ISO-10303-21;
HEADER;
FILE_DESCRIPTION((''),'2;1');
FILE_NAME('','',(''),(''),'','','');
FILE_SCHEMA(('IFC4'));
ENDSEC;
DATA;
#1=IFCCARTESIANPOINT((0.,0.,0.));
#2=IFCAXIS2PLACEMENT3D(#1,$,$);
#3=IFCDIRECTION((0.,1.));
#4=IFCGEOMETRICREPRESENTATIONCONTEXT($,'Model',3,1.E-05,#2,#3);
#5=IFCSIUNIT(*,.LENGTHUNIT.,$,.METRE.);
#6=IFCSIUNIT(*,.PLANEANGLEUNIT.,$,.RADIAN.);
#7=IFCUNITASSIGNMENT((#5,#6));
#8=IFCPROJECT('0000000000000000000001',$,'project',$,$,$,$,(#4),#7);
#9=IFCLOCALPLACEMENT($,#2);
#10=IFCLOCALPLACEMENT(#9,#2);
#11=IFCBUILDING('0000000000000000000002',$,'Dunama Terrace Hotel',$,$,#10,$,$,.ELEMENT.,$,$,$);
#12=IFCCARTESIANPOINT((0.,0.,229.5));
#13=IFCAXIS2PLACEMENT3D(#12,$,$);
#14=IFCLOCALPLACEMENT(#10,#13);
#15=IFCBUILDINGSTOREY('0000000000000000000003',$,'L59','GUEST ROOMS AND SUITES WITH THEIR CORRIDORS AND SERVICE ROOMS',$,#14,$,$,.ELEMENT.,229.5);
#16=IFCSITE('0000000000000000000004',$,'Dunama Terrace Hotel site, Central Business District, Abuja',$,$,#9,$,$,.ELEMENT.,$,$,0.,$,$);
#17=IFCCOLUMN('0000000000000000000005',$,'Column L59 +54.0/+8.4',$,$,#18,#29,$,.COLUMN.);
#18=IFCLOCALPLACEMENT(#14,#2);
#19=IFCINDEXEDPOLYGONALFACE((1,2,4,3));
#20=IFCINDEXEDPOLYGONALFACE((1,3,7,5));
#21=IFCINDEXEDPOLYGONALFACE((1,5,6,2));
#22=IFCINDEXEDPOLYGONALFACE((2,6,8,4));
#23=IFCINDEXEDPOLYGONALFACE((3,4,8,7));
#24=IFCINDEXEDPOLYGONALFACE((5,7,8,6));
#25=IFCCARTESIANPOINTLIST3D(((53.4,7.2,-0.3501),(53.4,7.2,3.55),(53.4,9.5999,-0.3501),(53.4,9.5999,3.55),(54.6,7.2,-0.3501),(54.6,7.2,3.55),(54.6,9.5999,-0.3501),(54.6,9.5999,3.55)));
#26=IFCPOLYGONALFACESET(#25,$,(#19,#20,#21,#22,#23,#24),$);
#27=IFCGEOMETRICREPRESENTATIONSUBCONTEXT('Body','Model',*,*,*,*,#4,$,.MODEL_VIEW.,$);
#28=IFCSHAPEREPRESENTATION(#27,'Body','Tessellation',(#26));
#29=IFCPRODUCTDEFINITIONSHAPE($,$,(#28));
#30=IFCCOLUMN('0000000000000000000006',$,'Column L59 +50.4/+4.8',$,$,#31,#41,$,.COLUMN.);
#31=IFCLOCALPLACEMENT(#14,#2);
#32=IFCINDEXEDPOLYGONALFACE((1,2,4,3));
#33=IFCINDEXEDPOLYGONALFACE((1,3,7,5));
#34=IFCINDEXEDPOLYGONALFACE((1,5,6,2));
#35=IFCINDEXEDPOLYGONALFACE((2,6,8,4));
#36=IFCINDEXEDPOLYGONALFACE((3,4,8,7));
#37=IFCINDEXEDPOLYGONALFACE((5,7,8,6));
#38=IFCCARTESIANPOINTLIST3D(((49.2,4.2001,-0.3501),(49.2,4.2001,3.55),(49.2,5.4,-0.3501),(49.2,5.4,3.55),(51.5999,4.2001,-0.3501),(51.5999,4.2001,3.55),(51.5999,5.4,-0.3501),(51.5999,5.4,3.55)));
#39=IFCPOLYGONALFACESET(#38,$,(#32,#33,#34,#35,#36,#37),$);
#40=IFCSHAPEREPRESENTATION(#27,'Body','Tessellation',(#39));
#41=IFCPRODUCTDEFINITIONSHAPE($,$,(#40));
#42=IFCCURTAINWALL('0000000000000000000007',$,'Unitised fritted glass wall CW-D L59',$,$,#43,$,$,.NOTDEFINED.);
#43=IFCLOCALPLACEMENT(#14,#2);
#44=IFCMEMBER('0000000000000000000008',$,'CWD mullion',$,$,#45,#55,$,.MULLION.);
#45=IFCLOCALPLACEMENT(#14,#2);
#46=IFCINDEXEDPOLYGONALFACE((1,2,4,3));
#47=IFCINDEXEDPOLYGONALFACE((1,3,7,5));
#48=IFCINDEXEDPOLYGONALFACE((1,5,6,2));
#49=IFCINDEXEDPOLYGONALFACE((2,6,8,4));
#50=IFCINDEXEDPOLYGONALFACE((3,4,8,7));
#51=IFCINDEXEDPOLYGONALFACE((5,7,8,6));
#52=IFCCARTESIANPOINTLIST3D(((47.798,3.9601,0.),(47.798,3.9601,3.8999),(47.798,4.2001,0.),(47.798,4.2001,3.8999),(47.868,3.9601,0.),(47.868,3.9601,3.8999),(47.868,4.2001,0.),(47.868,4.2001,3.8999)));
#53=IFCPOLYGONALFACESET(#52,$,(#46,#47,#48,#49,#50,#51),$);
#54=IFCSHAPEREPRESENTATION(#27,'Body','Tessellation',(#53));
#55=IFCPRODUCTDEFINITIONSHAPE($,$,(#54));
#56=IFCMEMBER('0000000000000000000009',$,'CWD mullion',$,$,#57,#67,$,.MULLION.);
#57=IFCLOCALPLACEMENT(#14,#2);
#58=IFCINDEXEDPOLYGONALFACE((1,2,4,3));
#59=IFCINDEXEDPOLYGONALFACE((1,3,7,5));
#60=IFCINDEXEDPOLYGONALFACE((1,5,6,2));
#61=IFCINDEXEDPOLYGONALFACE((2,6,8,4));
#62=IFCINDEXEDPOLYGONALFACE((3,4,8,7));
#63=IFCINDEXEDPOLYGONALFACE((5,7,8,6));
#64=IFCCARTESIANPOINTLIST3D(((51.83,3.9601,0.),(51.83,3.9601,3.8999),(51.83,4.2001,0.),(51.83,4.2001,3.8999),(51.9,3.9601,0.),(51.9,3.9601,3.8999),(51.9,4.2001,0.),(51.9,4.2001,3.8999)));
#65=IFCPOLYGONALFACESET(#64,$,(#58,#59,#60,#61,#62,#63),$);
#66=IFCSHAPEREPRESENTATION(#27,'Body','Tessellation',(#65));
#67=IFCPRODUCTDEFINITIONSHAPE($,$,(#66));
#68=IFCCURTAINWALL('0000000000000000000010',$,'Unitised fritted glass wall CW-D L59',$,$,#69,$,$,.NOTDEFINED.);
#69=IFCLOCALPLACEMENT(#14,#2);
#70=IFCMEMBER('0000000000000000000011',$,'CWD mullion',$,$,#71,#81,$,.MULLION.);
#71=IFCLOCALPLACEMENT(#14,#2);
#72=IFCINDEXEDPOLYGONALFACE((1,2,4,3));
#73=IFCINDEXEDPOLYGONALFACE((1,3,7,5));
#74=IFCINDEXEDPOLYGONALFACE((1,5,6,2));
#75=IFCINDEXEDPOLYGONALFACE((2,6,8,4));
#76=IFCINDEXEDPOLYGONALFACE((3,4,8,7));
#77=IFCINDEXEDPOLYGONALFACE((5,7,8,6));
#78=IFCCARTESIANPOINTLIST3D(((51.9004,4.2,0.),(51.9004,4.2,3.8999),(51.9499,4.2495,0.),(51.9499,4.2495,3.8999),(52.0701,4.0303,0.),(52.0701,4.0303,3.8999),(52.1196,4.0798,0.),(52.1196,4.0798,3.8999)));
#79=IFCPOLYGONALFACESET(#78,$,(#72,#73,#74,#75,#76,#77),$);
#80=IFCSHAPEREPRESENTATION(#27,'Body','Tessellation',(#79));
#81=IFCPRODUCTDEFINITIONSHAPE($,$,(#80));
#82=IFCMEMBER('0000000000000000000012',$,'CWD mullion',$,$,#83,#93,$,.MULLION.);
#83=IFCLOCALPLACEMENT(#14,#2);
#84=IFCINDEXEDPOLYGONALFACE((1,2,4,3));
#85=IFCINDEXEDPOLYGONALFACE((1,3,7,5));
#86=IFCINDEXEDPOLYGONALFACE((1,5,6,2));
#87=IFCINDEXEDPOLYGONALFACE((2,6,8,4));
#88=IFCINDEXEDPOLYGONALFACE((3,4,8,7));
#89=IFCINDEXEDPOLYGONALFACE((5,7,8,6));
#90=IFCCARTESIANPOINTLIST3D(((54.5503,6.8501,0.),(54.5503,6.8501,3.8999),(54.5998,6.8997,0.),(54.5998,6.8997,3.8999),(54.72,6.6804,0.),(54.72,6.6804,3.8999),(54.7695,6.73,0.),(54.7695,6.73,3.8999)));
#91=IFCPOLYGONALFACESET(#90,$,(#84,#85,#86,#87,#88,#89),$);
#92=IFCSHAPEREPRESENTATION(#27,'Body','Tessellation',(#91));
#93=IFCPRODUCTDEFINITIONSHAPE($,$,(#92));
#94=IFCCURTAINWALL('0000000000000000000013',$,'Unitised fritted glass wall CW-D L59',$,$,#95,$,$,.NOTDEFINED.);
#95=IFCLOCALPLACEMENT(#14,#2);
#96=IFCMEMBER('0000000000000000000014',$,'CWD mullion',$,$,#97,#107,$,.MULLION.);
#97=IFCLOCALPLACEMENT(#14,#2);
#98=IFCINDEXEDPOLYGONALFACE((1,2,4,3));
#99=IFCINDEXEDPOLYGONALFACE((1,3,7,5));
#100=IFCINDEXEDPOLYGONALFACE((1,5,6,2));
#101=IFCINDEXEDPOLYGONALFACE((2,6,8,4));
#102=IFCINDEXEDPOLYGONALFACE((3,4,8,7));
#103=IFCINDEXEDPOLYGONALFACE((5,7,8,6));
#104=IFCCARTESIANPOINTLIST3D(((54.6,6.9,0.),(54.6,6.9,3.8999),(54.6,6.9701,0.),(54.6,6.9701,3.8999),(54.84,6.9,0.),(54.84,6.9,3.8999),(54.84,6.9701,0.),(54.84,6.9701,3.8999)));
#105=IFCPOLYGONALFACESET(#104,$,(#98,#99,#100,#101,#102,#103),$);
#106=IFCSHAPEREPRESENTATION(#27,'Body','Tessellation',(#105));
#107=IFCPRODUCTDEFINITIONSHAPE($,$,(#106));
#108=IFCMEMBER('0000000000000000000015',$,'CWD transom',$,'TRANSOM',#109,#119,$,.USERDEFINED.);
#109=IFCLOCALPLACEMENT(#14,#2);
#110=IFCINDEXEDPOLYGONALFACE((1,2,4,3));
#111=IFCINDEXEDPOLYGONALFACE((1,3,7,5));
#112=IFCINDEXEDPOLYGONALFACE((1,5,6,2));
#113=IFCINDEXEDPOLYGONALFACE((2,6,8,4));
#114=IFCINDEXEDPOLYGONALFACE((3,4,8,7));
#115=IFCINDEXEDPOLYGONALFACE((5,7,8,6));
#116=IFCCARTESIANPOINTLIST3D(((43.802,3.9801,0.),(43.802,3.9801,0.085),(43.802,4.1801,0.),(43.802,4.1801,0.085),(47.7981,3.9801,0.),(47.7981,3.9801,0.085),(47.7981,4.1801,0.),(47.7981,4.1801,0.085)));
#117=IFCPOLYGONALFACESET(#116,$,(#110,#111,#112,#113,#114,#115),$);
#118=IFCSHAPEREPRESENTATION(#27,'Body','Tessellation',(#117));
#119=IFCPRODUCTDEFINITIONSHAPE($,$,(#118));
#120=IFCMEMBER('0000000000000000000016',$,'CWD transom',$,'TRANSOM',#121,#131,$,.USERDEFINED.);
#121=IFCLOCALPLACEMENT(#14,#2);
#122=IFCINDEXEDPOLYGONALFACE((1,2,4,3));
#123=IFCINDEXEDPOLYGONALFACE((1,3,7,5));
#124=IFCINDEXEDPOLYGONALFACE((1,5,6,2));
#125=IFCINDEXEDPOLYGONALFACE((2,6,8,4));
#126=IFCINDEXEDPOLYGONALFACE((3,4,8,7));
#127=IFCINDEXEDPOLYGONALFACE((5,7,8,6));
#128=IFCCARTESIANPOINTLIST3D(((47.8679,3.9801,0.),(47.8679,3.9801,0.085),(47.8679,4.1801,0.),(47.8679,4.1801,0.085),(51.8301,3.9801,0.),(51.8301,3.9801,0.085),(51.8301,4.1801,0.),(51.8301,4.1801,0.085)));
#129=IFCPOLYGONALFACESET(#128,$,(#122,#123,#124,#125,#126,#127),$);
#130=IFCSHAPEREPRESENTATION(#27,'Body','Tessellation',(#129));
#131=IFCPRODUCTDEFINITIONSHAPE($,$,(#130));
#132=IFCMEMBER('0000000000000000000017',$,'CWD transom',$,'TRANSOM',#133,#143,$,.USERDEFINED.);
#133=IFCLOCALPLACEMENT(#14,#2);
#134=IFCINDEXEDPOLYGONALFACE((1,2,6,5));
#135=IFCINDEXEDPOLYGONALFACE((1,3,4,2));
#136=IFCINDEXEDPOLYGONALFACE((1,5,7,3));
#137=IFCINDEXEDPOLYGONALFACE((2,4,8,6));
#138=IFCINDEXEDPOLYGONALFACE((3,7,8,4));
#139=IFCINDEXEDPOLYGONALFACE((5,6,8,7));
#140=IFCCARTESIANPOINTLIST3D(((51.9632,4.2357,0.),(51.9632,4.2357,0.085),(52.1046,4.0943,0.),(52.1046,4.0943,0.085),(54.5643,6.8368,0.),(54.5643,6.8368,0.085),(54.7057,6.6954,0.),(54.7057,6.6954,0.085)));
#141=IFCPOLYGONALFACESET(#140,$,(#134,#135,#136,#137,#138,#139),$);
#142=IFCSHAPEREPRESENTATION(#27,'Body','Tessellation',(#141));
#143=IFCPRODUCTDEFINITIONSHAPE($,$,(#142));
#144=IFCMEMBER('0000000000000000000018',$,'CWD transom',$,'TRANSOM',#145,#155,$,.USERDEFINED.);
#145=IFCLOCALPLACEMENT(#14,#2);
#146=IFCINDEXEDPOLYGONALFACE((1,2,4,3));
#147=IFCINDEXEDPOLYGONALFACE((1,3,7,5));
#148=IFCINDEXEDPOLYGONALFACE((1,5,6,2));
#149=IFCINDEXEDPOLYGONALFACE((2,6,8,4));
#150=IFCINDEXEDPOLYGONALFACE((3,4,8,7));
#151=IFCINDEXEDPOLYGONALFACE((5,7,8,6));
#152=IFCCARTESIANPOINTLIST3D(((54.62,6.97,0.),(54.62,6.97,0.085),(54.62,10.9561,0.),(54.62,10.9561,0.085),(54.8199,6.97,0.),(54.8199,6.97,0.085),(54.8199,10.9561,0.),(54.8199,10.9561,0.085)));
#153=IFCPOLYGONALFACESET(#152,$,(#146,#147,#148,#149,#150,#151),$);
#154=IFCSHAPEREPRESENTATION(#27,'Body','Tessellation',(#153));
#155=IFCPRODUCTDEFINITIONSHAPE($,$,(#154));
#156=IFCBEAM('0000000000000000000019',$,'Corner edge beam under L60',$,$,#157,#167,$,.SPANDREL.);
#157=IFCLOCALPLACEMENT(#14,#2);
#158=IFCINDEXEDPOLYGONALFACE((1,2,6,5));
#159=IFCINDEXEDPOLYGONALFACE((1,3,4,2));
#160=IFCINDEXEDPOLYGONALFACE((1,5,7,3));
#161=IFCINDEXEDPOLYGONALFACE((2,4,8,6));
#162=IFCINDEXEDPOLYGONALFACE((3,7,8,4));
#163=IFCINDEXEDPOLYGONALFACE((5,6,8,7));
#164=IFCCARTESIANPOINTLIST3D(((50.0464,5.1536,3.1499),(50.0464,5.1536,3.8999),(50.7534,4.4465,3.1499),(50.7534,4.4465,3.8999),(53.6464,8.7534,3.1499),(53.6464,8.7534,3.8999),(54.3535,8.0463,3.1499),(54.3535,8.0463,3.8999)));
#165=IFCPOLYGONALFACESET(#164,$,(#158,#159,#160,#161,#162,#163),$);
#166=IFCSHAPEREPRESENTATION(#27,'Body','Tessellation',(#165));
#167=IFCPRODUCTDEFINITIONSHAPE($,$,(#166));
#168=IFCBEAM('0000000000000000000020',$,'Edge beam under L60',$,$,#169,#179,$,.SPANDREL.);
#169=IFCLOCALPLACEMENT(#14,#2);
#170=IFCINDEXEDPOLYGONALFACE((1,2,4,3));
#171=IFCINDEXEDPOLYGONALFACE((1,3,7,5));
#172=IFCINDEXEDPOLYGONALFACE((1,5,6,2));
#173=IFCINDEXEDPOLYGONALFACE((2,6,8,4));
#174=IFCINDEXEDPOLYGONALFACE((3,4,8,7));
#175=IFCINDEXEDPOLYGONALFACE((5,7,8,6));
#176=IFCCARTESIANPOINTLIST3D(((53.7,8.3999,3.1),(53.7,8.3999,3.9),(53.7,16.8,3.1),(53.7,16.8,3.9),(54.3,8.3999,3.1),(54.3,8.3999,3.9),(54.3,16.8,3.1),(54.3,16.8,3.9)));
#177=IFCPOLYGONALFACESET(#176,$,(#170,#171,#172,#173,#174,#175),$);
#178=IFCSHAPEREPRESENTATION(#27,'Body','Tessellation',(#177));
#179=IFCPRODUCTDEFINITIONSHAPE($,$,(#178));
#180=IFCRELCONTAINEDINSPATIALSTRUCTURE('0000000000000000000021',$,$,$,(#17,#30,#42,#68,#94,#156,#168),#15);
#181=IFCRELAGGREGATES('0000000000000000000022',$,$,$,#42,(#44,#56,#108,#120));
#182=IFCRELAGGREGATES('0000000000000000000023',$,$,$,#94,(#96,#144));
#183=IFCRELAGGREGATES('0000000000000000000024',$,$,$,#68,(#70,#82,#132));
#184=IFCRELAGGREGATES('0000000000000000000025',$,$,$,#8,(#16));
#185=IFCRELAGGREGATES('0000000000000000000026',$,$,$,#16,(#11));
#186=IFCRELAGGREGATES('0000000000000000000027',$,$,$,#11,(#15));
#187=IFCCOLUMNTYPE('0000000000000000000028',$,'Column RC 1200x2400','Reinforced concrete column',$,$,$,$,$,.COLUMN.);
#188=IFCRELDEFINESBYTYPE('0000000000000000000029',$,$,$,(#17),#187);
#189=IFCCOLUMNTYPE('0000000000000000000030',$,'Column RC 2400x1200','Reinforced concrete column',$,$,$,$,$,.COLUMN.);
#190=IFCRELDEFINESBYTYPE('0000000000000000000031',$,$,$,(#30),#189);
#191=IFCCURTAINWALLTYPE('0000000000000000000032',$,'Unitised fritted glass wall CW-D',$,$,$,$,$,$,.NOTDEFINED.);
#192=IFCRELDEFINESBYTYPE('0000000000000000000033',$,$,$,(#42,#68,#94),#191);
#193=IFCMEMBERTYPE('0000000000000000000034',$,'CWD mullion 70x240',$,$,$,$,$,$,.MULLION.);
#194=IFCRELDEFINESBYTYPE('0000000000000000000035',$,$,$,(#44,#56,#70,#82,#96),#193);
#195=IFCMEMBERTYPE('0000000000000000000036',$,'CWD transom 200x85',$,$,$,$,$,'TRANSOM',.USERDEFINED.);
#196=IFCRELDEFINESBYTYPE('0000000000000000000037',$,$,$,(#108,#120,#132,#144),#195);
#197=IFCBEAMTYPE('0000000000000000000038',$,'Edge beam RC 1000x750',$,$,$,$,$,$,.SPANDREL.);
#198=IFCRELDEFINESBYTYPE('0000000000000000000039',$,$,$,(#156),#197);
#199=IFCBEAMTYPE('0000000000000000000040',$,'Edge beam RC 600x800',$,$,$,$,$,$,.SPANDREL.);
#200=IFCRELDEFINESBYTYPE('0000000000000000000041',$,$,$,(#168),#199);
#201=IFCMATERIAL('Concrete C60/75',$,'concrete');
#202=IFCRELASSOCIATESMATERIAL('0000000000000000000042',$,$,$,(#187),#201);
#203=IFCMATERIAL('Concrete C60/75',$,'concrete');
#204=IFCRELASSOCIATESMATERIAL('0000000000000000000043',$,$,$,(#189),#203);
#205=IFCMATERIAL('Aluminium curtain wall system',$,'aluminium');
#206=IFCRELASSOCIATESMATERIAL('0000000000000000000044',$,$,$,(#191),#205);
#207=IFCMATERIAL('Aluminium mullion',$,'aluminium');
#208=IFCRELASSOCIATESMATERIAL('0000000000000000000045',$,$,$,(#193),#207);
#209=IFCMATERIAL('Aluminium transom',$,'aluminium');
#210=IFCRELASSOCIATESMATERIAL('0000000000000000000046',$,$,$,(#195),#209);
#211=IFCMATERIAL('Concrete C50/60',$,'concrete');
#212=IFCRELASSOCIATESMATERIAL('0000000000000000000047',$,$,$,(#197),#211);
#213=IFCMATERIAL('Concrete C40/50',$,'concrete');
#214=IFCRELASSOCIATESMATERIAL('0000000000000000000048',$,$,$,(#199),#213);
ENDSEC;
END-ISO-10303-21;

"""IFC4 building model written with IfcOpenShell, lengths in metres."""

from ifc_helpers import new_model, si_unit, direction, frame, origin, origin_2d, place, context, subcontext, project, spatial, rectangle, extrude, material, material_profile, profile_set, type_object, element, aggregate, save


model = new_model("IFC4")

# Units and contexts
model_context = context("Model", 3, precision=1e-05, world=origin(), true_north=direction((0.0, 1.0)))
body_context = subcontext(model_context, "Body", "Model", "MODEL_VIEW")
ifc_project = project(units=[si_unit("LENGTHUNIT", "METRE"), si_unit("PLANEANGLEUNIT", "RADIAN")], contexts=[model_context])

# Site, building, storey
site_placement = place(None, origin())
site = spatial("IfcSite", under=ifc_project, at=site_placement, Name="Dunama Terrace Hotel site, Central Business District, Abuja", CompositionType="ELEMENT", RefElevation=0.0)
building_placement = place(site_placement, origin())
building = spatial("IfcBuilding", under=site, at=building_placement, Name="Dunama Terrace Hotel", CompositionType="ELEMENT")
storey_placement = place(building_placement, frame((0.0, 0.0, 229.5)))
storey = spatial("IfcBuildingStorey", under=building, at=storey_placement, Name="L59", Description="GUEST ROOMS AND SUITES WITH THEIR CORRIDORS AND SERVICE ROOMS", CompositionType="ELEMENT", Elevation=229.5)

# Columns
ifc_material_1 = material(Name="Concrete C60/75", Category="concrete")
ifc_material_profile_1 = material_profile(ifc_material_1, rectangle(XDim=1.2, YDim=2.3999, at=origin_2d()), Name="RC 1200x2400")
ifc_profile_set_1 = profile_set([ifc_material_profile_1], Name="Concrete C60/75")
column_type_1 = type_object("IfcColumnType", Name="Column RC 1200x2400", Description="Reinforced concrete column", PredefinedType="COLUMN", material=ifc_profile_set_1)
column_1_placement = place(storey_placement, frame((54.0, 8.3999, -0.3501), z_axis=(0.0, 0.0, 1.0), x_axis=(1.0, 0.0, 0.0)))
element("IfcColumn", 1, at=column_1_placement, inside=storey, type_object=column_type_1, Name="Column L59 +54.0/+8.4", PredefinedType="COLUMN", context=body_context, shape_type="SweptSolid", body=[
    extrude(rectangle(XDim=1.2, YDim=2.3999, at=origin_2d()), origin(), (0.0, 0.0, 1.0), 3.9001),
])
ifc_material_2 = material(Name="Concrete C60/75", Category="concrete")
ifc_material_profile_2 = material_profile(ifc_material_2, rectangle(XDim=2.3999, YDim=1.2, at=origin_2d()), Name="RC 2400x1200")
ifc_profile_set_2 = profile_set([ifc_material_profile_2], Name="Concrete C60/75")
column_type_2 = type_object("IfcColumnType", Name="Column RC 2400x1200", Description="Reinforced concrete column", PredefinedType="COLUMN", material=ifc_profile_set_2)
column_2_placement = place(storey_placement, frame((50.3999, 4.8, -0.3501), z_axis=(0.0, 0.0, 1.0), x_axis=(1.0, 0.0, 0.0)))
element("IfcColumn", 2, at=column_2_placement, inside=storey, type_object=column_type_2, Name="Column L59 +50.4/+4.8", PredefinedType="COLUMN", context=body_context, shape_type="SweptSolid", body=[
    extrude(rectangle(XDim=2.3999, YDim=1.2, at=origin_2d()), origin(), (0.0, 0.0, 1.0), 3.9001),
])

# Curtain walls, members
ifc_material_3 = material(Name="Aluminium curtain wall system", Category="aluminium")
curtain_wall_type = type_object("IfcCurtainWallType", Name="Unitised fritted glass wall CW-D", PredefinedType="NOTDEFINED", material=ifc_material_3)
curtain_wall_1_placement = place(storey_placement, origin())
curtain_wall_1 = element("IfcCurtainWall", 3, at=curtain_wall_1_placement, inside=storey, type_object=curtain_wall_type, Name="Unitised fritted glass wall CW-D L59", PredefinedType="NOTDEFINED")
ifc_material_4 = material(Name="Aluminium mullion", Category="aluminium")
ifc_material_profile_3 = material_profile(ifc_material_4, rectangle(XDim=0.0701, YDim=0.24, at=origin_2d()), Name="CWD MULLION 70X240")
ifc_profile_set_3 = profile_set([ifc_material_profile_3], Name="Aluminium mullion")
member_type_1 = type_object("IfcMemberType", Name="CWD mullion 70x240", PredefinedType="MULLION", material=ifc_profile_set_3)
member_1_placement = place(storey_placement, frame((47.833, 4.0801, 0.0), z_axis=(0.0, 0.0, 1.0), x_axis=(1.0, 0.0, 0.0)))
member_1 = element("IfcMember", 4, at=member_1_placement, type_object=member_type_1, Name="CWD mullion", PredefinedType="MULLION", context=body_context, shape_type="SweptSolid", body=[
    extrude(rectangle(XDim=0.0701, YDim=0.24, at=origin_2d()), origin(), (0.0, 0.0, 1.0), 3.8999),
])
member_2_placement = place(storey_placement, frame((51.865, 4.0801, 0.0), z_axis=(0.0, 0.0, 1.0), x_axis=(1.0, 0.0, 0.0)))
member_2 = element("IfcMember", 5, at=member_2_placement, type_object=member_type_1, Name="CWD mullion", PredefinedType="MULLION", context=body_context, shape_type="SweptSolid", body=[
    extrude(rectangle(XDim=0.0701, YDim=0.24, at=origin_2d()), origin(), (0.0, 0.0, 1.0), 3.8999),
])
curtain_wall_2_placement = place(storey_placement, origin())
curtain_wall_2 = element("IfcCurtainWall", 6, at=curtain_wall_2_placement, inside=storey, type_object=curtain_wall_type, Name="Unitised fritted glass wall CW-D L59", PredefinedType="NOTDEFINED")
member_3_placement = place(storey_placement, frame((52.01, 4.1399, 0.0), z_axis=(0.0, 0.0, 1.0), x_axis=(0.707107, 0.707107, 0.0)))
member_3 = element("IfcMember", 7, at=member_3_placement, type_object=member_type_1, Name="CWD mullion", PredefinedType="MULLION", context=body_context, shape_type="SweptSolid", body=[
    extrude(rectangle(XDim=0.0701, YDim=0.24, at=origin_2d()), origin(), (0.0, 0.0, 1.0), 3.8999),
])
member_4_placement = place(storey_placement, frame((54.6599, 6.79, 0.0), z_axis=(0.0, 0.0, 1.0), x_axis=(0.707107, 0.707107, 0.0)))
member_4 = element("IfcMember", 8, at=member_4_placement, type_object=member_type_1, Name="CWD mullion", PredefinedType="MULLION", context=body_context, shape_type="SweptSolid", body=[
    extrude(rectangle(XDim=0.0701, YDim=0.24, at=origin_2d()), origin(), (0.0, 0.0, 1.0), 3.8999),
])

# Curtain wall, member
curtain_wall_3_placement = place(storey_placement, origin())
curtain_wall_3 = element("IfcCurtainWall", 9, at=curtain_wall_3_placement, inside=storey, type_object=curtain_wall_type, Name="Unitised fritted glass wall CW-D L59", PredefinedType="NOTDEFINED")
member_5_placement = place(storey_placement, frame((54.72, 6.9351, 0.0), z_axis=(0.0, 0.0, 1.0), x_axis=(0.0, 1.0, 0.0)))
member_5 = element("IfcMember", 10, at=member_5_placement, type_object=member_type_1, Name="CWD mullion", PredefinedType="MULLION", context=body_context, shape_type="SweptSolid", body=[
    extrude(rectangle(XDim=0.0701, YDim=0.24, at=origin_2d()), origin(), (0.0, 0.0, 1.0), 3.8999),
])

# Members
ifc_material_5 = material(Name="Aluminium transom", Category="aluminium")
ifc_material_profile_4 = material_profile(ifc_material_5, rectangle(XDim=0.2, YDim=0.085, at=origin_2d()), Name="CWD TRANSOM 200X85")
ifc_profile_set_4 = profile_set([ifc_material_profile_4], Name="Aluminium transom")
member_type_2 = type_object("IfcMemberType", Name="CWD transom 200x85", ElementType="TRANSOM", PredefinedType="USERDEFINED", material=ifc_profile_set_4)
member_6_placement = place(storey_placement, frame((43.802, 4.0801, 0.0425), z_axis=(1.0, 0.0, 0.0), x_axis=(0.0, 1.0, 0.0)))
member_6 = element("IfcMember", 11, at=member_6_placement, type_object=member_type_2, Name="CWD transom", ObjectType="TRANSOM", PredefinedType="USERDEFINED", context=body_context, shape_type="SweptSolid", body=[
    extrude(rectangle(XDim=0.2, YDim=0.085, at=origin_2d()), origin(), (0.0, 0.0, 1.0), 3.9961),
])
member_7_placement = place(storey_placement, frame((47.8679, 4.0801, 0.0425), z_axis=(1.0, 0.0, 0.0), x_axis=(0.0, 1.0, 0.0)))
member_7 = element("IfcMember", 12, at=member_7_placement, type_object=member_type_2, Name="CWD transom", ObjectType="TRANSOM", PredefinedType="USERDEFINED", context=body_context, shape_type="SweptSolid", body=[
    extrude(rectangle(XDim=0.2, YDim=0.085, at=origin_2d()), origin(), (0.0, 0.0, 1.0), 3.9622),
])
member_8_placement = place(storey_placement, frame((52.0339, 4.165, 0.0425), z_axis=(0.707107, 0.707107, 0.0), x_axis=(-0.707107, 0.707107, 0.0)))
member_8 = element("IfcMember", 13, at=member_8_placement, type_object=member_type_2, Name="CWD transom", ObjectType="TRANSOM", PredefinedType="USERDEFINED", context=body_context, shape_type="SweptSolid", body=[
    extrude(rectangle(XDim=0.2, YDim=0.085, at=origin_2d()), origin(), (0.0, 0.0, 1.0), 3.6785),
])
member_9_placement = place(storey_placement, frame((54.72, 6.97, 0.0425), z_axis=(0.0, 1.0, 0.0), x_axis=(-1.0, 0.0, 0.0)))
member_9 = element("IfcMember", 14, at=member_9_placement, type_object=member_type_2, Name="CWD transom", ObjectType="TRANSOM", PredefinedType="USERDEFINED", context=body_context, shape_type="SweptSolid", body=[
    extrude(rectangle(XDim=0.2, YDim=0.085, at=origin_2d()), origin(), (0.0, 0.0, 1.0), 3.9861),
])

# Beams
ifc_material_6 = material(Name="Concrete C50/60", Category="concrete")
ifc_material_profile_5 = material_profile(ifc_material_6, rectangle(XDim=1.0, YDim=0.75, at=origin_2d()), Name="RC 1000x750")
ifc_profile_set_5 = profile_set([ifc_material_profile_5], Name="Concrete C50/60")
beam_type_1 = type_object("IfcBeamType", Name="Edge beam RC 1000x750", PredefinedType="SPANDREL", material=ifc_profile_set_5)
beam_1_placement = place(storey_placement, frame((50.3999, 4.8, 3.5249), z_axis=(0.707131, 0.707083, 0.0), x_axis=(-0.707083, 0.707131, 0.0)))
element("IfcBeam", 15, at=beam_1_placement, inside=storey, type_object=beam_type_1, Name="Corner edge beam under L60", PredefinedType="SPANDREL", context=body_context, shape_type="SweptSolid", body=[
    extrude(rectangle(XDim=1.0, YDim=0.75, at=origin_2d()), origin(), (0.0, 0.0, 1.0), 5.0911),
])
ifc_material_7 = material(Name="Concrete C40/50", Category="concrete")
ifc_material_profile_6 = material_profile(ifc_material_7, rectangle(XDim=0.6001, YDim=0.8, at=origin_2d()), Name="RC 600x800")
ifc_profile_set_6 = profile_set([ifc_material_profile_6], Name="Concrete C40/50")
beam_type_2 = type_object("IfcBeamType", Name="Edge beam RC 600x800", PredefinedType="SPANDREL", material=ifc_profile_set_6)
beam_2_placement = place(storey_placement, frame((54.0, 8.3999, 3.5), z_axis=(0.0, 1.0, 0.0), x_axis=(-1.0, 0.0, 0.0)))
element("IfcBeam", 16, at=beam_2_placement, inside=storey, type_object=beam_type_2, Name="Edge beam under L60", PredefinedType="SPANDREL", context=body_context, shape_type="SweptSolid", body=[
    extrude(rectangle(XDim=0.6001, YDim=0.8, at=origin_2d()), origin(), (0.0, 0.0, 1.0), 8.4001),
])

aggregate(curtain_wall_1, [member_1, member_2, member_6, member_7])
aggregate(curtain_wall_3, [member_5, member_9])
aggregate(curtain_wall_2, [member_3, member_4, member_8])

save(model, "model.ifc")
